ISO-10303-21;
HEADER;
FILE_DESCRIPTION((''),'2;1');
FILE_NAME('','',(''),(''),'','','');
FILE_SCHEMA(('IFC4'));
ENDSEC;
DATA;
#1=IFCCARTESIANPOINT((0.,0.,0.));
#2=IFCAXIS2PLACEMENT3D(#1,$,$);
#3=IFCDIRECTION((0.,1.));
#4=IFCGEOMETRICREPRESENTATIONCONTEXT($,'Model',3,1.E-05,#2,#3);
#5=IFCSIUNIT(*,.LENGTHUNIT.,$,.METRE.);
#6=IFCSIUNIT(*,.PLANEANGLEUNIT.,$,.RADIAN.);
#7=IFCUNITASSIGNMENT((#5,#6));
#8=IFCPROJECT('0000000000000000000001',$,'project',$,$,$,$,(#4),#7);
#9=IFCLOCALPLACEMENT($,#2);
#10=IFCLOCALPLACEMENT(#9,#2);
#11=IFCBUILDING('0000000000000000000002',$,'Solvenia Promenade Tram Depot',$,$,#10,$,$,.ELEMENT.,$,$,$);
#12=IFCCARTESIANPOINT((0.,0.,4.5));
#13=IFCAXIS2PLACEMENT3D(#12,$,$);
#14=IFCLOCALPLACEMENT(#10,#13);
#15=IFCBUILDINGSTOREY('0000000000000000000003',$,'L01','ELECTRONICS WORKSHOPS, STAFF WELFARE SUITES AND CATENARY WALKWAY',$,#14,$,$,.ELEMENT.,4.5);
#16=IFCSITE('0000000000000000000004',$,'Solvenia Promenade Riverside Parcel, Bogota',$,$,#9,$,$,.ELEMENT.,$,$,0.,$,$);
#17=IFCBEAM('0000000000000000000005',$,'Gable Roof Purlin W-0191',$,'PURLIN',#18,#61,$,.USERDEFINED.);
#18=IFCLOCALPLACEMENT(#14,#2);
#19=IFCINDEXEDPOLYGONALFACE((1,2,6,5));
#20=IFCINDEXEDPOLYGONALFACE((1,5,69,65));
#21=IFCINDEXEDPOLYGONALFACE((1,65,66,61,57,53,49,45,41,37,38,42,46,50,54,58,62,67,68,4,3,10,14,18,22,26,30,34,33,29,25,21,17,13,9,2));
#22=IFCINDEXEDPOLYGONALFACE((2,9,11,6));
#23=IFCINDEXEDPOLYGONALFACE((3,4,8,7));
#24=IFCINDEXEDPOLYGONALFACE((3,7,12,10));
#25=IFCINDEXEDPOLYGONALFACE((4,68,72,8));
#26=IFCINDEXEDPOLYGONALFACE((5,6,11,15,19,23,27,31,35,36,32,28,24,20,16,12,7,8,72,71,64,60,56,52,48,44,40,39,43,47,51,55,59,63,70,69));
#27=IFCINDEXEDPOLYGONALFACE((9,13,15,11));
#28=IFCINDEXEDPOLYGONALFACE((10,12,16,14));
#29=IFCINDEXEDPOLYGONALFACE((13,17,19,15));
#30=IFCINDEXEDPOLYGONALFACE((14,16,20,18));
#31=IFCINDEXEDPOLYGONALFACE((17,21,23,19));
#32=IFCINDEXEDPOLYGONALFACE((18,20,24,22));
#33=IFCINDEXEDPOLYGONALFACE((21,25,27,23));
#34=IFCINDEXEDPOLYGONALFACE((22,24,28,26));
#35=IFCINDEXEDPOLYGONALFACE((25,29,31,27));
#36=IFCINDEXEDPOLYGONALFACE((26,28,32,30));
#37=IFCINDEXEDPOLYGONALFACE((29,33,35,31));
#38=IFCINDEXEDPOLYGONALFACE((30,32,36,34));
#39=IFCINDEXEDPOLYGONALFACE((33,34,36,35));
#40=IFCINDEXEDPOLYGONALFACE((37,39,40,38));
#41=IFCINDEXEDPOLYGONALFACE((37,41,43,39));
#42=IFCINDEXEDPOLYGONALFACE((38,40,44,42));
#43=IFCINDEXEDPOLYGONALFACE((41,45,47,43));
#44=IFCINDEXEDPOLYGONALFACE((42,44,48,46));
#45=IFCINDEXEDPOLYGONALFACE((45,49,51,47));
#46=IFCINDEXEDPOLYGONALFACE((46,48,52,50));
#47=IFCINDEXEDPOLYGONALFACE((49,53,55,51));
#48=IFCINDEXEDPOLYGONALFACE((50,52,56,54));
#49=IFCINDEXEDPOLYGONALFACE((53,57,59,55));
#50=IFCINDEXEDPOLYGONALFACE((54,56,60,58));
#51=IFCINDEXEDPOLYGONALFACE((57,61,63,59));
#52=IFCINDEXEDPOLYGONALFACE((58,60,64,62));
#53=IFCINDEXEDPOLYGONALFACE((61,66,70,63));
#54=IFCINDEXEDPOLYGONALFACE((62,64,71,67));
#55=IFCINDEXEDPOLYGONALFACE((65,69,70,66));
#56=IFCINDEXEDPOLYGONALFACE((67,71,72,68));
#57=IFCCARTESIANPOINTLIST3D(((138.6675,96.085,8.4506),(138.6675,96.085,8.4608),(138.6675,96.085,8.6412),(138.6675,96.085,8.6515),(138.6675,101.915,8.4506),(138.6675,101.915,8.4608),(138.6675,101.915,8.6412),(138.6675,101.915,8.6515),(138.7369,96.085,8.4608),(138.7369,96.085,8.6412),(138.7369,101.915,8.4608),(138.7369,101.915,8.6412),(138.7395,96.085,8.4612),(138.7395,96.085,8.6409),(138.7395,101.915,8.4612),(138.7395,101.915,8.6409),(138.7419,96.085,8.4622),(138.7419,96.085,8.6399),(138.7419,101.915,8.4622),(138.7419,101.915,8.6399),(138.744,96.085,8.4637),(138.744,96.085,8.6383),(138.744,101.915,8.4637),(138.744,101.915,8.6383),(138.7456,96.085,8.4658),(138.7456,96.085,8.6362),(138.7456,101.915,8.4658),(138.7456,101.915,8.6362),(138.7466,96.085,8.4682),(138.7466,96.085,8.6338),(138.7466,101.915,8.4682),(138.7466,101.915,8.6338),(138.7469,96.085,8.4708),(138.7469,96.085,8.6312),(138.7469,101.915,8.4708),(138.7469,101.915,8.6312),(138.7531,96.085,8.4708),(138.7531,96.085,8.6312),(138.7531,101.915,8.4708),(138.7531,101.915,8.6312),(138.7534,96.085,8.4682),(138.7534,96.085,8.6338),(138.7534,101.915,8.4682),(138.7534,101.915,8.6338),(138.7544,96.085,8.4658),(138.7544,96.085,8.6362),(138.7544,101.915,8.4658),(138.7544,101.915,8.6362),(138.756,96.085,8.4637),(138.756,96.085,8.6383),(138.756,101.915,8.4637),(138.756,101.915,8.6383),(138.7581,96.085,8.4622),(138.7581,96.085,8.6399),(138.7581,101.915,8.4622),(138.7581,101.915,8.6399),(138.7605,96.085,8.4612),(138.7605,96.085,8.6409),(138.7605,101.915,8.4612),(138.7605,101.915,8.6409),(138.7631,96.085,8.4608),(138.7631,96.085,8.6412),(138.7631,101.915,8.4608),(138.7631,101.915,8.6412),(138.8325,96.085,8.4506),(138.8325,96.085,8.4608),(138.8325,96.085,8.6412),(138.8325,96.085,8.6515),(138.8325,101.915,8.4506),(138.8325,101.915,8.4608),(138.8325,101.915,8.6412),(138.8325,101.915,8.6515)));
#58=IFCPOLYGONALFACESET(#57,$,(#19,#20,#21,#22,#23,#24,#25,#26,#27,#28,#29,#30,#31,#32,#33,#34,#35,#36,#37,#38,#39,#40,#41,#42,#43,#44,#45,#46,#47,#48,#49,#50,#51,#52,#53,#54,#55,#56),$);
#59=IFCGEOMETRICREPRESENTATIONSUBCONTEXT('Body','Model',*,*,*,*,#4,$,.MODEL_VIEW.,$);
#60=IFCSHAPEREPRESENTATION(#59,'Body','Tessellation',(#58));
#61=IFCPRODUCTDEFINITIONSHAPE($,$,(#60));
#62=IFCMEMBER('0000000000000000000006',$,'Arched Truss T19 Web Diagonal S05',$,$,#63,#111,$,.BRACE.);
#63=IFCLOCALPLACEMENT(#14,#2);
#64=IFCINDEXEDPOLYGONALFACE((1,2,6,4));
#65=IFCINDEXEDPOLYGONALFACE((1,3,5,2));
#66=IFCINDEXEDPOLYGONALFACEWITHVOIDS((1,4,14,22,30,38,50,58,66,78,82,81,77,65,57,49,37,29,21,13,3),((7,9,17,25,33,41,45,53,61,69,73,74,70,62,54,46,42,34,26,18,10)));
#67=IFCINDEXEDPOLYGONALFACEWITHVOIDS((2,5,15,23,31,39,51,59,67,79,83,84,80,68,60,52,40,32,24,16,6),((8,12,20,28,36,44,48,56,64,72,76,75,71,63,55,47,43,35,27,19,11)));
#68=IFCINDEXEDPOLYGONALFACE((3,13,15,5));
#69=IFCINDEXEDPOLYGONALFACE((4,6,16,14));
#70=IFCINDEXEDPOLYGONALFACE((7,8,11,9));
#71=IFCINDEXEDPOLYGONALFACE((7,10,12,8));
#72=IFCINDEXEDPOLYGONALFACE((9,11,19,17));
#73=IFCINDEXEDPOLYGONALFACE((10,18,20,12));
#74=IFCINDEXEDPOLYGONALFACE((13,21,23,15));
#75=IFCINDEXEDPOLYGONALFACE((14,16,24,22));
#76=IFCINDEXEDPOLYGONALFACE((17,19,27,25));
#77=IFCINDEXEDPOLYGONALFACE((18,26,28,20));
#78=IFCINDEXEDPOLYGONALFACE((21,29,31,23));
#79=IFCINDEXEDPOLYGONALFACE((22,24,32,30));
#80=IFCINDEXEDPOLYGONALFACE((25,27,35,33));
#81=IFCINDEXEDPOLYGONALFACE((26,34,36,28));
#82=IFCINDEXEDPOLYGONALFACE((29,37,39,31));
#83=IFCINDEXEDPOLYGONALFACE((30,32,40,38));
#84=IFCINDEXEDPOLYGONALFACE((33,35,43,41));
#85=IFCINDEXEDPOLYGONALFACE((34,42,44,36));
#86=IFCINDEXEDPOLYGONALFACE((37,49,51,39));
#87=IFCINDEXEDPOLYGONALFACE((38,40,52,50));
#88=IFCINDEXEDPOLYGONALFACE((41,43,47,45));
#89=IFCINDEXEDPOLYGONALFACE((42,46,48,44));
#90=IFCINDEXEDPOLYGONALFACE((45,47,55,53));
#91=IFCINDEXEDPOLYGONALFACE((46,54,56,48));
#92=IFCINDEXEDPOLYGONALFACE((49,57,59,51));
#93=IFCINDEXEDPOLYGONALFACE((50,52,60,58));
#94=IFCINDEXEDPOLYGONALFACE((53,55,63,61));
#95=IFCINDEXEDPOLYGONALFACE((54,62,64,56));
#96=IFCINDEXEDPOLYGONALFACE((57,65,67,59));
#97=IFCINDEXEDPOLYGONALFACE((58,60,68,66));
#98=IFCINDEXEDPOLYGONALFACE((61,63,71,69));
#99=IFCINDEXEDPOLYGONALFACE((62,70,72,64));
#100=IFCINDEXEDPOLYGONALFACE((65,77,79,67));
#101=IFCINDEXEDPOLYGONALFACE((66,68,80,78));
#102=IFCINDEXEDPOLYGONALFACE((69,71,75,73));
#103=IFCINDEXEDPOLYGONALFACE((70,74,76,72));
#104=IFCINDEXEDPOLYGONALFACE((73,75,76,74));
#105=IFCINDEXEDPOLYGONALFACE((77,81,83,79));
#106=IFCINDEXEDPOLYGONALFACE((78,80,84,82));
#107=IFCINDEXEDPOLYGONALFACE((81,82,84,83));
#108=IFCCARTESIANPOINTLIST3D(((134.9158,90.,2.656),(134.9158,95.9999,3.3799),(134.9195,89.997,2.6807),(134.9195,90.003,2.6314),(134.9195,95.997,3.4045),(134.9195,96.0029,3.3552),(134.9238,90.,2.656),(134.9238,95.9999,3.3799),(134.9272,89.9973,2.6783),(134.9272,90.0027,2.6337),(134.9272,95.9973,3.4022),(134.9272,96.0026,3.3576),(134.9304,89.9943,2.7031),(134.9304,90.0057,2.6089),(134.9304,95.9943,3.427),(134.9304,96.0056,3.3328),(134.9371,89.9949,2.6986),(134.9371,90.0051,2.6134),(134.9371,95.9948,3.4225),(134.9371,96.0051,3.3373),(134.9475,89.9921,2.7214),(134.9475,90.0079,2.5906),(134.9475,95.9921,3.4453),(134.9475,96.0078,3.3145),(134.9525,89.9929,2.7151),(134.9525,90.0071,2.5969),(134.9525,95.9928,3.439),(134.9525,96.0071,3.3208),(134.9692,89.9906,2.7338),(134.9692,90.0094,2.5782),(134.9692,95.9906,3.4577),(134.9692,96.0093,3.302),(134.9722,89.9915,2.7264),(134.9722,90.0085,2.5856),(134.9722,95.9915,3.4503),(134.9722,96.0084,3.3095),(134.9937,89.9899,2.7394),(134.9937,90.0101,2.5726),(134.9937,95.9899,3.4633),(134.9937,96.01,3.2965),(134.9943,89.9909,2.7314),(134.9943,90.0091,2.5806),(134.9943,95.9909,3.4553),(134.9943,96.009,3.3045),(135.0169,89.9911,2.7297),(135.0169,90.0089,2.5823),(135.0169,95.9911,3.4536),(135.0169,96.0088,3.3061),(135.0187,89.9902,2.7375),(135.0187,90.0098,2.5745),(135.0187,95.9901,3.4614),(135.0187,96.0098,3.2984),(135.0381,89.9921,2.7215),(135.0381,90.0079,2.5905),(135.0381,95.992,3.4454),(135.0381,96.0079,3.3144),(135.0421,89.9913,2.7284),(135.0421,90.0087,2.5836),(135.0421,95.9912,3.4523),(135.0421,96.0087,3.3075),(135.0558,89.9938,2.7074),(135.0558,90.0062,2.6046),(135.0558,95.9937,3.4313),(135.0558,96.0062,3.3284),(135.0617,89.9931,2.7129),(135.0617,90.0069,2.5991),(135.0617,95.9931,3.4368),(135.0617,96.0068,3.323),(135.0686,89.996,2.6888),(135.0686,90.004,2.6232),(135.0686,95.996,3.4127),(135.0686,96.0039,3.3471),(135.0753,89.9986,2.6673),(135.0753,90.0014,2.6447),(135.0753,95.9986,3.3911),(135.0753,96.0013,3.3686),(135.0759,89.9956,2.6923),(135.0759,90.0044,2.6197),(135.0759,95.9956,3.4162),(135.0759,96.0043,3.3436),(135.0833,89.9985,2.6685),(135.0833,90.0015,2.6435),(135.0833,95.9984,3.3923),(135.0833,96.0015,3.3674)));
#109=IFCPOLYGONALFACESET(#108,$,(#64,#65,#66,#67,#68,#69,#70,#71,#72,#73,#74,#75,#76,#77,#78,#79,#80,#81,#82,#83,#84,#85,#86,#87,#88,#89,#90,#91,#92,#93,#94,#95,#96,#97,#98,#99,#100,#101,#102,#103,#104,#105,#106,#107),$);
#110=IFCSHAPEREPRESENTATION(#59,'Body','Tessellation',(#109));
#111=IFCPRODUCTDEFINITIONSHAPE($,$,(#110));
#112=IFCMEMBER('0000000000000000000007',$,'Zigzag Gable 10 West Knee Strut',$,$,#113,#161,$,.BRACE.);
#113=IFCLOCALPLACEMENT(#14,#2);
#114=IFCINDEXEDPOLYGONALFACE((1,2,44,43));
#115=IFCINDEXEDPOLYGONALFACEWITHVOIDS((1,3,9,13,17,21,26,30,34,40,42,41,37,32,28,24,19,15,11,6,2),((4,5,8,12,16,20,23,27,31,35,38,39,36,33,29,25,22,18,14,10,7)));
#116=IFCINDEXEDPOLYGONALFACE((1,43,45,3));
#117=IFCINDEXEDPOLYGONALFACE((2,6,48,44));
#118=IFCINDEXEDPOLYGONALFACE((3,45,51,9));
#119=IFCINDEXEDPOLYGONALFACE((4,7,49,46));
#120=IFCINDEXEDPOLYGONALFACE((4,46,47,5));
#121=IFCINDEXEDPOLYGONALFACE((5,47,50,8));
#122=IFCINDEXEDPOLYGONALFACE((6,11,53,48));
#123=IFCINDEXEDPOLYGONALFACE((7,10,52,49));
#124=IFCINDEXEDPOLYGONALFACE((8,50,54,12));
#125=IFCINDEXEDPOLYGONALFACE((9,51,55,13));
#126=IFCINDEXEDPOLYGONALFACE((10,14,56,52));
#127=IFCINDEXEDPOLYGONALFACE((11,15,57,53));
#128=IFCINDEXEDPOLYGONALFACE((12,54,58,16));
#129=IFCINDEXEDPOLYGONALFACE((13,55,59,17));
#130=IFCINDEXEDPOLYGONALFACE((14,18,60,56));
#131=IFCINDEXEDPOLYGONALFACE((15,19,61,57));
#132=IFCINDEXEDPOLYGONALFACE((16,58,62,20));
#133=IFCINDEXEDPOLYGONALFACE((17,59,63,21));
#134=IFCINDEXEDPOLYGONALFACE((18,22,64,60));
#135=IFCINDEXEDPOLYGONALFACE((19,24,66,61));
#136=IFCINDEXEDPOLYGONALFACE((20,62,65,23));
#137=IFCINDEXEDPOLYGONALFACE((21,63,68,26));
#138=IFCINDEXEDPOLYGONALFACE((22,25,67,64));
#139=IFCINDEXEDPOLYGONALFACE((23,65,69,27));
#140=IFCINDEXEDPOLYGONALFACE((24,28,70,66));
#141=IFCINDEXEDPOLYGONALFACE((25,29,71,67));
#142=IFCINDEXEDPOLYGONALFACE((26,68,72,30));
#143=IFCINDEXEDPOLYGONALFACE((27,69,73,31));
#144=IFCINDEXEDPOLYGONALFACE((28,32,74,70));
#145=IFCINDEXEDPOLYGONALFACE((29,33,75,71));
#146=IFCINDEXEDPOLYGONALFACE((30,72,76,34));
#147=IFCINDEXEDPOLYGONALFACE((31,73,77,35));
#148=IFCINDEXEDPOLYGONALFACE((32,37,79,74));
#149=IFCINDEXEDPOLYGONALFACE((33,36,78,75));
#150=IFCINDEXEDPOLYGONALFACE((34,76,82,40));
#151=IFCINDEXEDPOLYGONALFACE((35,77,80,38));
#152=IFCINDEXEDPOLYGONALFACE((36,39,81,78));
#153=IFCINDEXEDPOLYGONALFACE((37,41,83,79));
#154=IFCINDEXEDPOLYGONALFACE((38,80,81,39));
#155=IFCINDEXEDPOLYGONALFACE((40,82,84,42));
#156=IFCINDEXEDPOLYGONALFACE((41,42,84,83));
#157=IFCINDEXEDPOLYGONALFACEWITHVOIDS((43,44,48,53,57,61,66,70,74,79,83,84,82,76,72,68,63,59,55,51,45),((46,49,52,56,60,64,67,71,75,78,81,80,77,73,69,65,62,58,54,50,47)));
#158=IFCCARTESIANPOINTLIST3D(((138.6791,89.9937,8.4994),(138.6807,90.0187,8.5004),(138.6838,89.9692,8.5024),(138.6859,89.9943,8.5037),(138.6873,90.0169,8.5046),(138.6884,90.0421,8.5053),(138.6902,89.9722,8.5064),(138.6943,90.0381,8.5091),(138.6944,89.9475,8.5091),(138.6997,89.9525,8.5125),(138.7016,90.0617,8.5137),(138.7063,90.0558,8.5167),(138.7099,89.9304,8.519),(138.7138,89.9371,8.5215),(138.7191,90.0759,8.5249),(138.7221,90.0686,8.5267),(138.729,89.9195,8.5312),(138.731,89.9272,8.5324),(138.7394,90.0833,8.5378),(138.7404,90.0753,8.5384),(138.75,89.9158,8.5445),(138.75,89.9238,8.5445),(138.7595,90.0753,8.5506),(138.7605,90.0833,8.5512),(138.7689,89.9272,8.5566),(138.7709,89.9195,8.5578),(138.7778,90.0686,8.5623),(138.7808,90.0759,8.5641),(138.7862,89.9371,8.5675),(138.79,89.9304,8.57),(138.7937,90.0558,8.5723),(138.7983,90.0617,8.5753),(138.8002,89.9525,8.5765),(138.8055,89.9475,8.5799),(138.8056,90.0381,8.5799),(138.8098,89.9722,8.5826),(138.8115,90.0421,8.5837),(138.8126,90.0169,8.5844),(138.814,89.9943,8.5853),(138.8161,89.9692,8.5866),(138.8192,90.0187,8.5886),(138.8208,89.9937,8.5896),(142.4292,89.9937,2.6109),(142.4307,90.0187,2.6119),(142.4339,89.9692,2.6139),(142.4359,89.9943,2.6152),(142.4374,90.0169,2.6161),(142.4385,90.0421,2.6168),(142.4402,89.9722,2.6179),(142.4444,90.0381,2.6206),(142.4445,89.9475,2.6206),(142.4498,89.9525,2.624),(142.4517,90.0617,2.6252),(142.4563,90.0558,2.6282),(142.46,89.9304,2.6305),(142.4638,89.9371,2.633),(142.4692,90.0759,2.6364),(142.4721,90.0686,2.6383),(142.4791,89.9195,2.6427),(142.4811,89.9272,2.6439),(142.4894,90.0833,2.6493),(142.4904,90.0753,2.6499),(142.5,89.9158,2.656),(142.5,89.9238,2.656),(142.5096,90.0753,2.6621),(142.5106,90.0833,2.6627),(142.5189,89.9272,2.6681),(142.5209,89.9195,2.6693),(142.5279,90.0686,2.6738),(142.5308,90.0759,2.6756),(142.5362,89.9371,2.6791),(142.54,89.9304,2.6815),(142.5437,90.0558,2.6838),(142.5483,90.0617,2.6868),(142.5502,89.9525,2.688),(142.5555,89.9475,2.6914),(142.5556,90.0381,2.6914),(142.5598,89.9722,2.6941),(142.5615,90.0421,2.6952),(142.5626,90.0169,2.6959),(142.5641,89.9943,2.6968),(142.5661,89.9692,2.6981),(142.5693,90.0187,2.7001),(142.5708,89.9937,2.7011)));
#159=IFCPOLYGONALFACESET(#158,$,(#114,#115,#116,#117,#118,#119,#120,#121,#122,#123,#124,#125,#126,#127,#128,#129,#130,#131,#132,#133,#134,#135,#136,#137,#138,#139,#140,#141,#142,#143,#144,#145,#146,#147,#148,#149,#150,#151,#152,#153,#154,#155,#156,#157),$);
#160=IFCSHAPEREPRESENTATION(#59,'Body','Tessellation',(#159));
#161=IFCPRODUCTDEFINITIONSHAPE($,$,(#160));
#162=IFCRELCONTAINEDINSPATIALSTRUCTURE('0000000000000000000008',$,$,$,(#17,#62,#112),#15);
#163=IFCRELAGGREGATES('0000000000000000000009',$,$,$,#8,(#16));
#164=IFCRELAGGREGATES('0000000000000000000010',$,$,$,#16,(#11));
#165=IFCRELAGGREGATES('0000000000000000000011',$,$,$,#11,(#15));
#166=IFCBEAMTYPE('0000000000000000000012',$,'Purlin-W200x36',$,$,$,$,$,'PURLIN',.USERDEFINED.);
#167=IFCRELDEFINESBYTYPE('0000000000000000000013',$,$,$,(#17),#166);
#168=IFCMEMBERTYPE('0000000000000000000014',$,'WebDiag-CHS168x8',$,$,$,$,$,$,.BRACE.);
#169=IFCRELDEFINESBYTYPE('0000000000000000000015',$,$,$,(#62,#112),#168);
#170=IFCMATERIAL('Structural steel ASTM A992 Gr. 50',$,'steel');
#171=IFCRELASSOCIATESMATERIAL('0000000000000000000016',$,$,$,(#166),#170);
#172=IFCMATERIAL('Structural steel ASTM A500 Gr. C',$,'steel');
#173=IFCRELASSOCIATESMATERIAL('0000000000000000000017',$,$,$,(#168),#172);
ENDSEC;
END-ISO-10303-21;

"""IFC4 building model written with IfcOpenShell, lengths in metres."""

from ifc_helpers import new_model, si_unit, direction, frame, origin, origin_2d, place, context, subcontext, project, spatial, hollow_circle, i_section, extrude, material, material_profile, profile_set, type_object, element, save


model = new_model("IFC4")

# Units and contexts
model_context = context("Model", 3, precision=1e-05, world=origin(), true_north=direction((0.0, 1.0)))
body_context = subcontext(model_context, "Body", "Model", "MODEL_VIEW")
ifc_project = project(units=[si_unit("LENGTHUNIT", "METRE"), si_unit("PLANEANGLEUNIT", "RADIAN")], contexts=[model_context])

# Site, building, storey
site_placement = place(None, origin())
site = spatial("IfcSite", under=ifc_project, at=site_placement, Name="Solvenia Promenade Riverside Parcel, Bogota", CompositionType="ELEMENT", RefElevation=0.0)
building_placement = place(site_placement, origin())
building = spatial("IfcBuilding", under=site, at=building_placement, Name="Solvenia Promenade Tram Depot", CompositionType="ELEMENT")
storey_placement = place(building_placement, frame((0.0, 0.0, 4.5)))
storey = spatial("IfcBuildingStorey", under=building, at=storey_placement, Name="L01", Description="ELECTRONICS WORKSHOPS, STAFF WELFARE SUITES AND CATENARY WALKWAY", CompositionType="ELEMENT", Elevation=4.5)

# Shared definitions
ifc_material_1 = material(Name="Structural steel ASTM A500 Gr. C", Category="steel")

# Beam
ifc_material_2 = material(Name="Structural steel ASTM A992 Gr. 50", Category="steel")
ifc_material_profile_1 = material_profile(ifc_material_2, i_section(OverallWidth=0.165, OverallDepth=0.2009, WebThickness=0.0061, FlangeThickness=0.0103, FilletRadius=0.01, at=origin_2d()), Name="W200x36", Category="steel")
ifc_profile_set_1 = profile_set([ifc_material_profile_1], Name="Structural steel ASTM A992 Gr. 50")
beam_type = type_object("IfcBeamType", Name="Purlin-W200x36", ElementType="PURLIN", PredefinedType="USERDEFINED", material=ifc_profile_set_1)
for number, where, z_axis, x_axis, name in (
    (1, (138.75, 96.085, 8.551), (0.0, 1.0, 0.0), (-1.0, 0.0, 0.0), "Gable Roof Purlin W-0191"),
):
    element("IfcBeam", number, at=place(storey_placement, frame(where, z_axis=z_axis, x_axis=x_axis)), inside=storey, type_object=beam_type, Name=name, ObjectType="PURLIN", PredefinedType="USERDEFINED", context=body_context, shape_type="SweptSolid", body=[
        extrude(i_section(OverallWidth=0.165, OverallDepth=0.2009, WebThickness=0.0061, FlangeThickness=0.0103, FilletRadius=0.01, at=origin_2d()), origin(), (0.0, 0.0, 1.0), 5.8301),
    ])

# Members
ifc_material_profile_2 = material_profile(ifc_material_1, hollow_circle(Radius=0.0842, WallThickness=0.0081, at=origin_2d()), Name="CHS168.3x8", Category="steel")
ifc_profile_set_2 = profile_set([ifc_material_profile_2], Name="Structural steel ASTM A500 Gr. C")
member_type_1 = type_object("IfcMemberType", Name="WebDiag-CHS168x8", PredefinedType="BRACE", material=ifc_profile_set_2)
member_1_placement = place(storey_placement, frame((135.0, 90.0, 2.656), z_axis=(0.0, 0.992801, 0.119778), x_axis=(-1.0, 0.0, 0.0)))
element("IfcMember", 2, at=member_1_placement, inside=storey, type_object=member_type_1, Name="Arched Truss T19 Web Diagonal S05", PredefinedType="BRACE", context=body_context, shape_type="SweptSolid", body=[
    extrude(hollow_circle(Radius=0.0842, WallThickness=0.0081, at=origin_2d()), origin(), (0.0, 0.0, 1.0), 6.0435),
])
for number, where, z_axis, x_axis, name in (
    (3, (142.5, 90.0, 2.656), (-0.537163, 0.0, 0.843479), (0.0, -1.0, 0.0), "Zigzag Gable 10 West Knee Strut"),
):
    element("IfcMember", number, at=place(storey_placement, frame(where, z_axis=z_axis, x_axis=x_axis)), inside=storey, type_object=member_type_1, Name=name, PredefinedType="BRACE", context=body_context, shape_type="SweptSolid", body=[
        extrude(hollow_circle(Radius=0.0842, WallThickness=0.0081, at=origin_2d()), origin(), (0.0, 0.0, 1.0), 6.9812),
    ])

save(model, "model.ifc")
